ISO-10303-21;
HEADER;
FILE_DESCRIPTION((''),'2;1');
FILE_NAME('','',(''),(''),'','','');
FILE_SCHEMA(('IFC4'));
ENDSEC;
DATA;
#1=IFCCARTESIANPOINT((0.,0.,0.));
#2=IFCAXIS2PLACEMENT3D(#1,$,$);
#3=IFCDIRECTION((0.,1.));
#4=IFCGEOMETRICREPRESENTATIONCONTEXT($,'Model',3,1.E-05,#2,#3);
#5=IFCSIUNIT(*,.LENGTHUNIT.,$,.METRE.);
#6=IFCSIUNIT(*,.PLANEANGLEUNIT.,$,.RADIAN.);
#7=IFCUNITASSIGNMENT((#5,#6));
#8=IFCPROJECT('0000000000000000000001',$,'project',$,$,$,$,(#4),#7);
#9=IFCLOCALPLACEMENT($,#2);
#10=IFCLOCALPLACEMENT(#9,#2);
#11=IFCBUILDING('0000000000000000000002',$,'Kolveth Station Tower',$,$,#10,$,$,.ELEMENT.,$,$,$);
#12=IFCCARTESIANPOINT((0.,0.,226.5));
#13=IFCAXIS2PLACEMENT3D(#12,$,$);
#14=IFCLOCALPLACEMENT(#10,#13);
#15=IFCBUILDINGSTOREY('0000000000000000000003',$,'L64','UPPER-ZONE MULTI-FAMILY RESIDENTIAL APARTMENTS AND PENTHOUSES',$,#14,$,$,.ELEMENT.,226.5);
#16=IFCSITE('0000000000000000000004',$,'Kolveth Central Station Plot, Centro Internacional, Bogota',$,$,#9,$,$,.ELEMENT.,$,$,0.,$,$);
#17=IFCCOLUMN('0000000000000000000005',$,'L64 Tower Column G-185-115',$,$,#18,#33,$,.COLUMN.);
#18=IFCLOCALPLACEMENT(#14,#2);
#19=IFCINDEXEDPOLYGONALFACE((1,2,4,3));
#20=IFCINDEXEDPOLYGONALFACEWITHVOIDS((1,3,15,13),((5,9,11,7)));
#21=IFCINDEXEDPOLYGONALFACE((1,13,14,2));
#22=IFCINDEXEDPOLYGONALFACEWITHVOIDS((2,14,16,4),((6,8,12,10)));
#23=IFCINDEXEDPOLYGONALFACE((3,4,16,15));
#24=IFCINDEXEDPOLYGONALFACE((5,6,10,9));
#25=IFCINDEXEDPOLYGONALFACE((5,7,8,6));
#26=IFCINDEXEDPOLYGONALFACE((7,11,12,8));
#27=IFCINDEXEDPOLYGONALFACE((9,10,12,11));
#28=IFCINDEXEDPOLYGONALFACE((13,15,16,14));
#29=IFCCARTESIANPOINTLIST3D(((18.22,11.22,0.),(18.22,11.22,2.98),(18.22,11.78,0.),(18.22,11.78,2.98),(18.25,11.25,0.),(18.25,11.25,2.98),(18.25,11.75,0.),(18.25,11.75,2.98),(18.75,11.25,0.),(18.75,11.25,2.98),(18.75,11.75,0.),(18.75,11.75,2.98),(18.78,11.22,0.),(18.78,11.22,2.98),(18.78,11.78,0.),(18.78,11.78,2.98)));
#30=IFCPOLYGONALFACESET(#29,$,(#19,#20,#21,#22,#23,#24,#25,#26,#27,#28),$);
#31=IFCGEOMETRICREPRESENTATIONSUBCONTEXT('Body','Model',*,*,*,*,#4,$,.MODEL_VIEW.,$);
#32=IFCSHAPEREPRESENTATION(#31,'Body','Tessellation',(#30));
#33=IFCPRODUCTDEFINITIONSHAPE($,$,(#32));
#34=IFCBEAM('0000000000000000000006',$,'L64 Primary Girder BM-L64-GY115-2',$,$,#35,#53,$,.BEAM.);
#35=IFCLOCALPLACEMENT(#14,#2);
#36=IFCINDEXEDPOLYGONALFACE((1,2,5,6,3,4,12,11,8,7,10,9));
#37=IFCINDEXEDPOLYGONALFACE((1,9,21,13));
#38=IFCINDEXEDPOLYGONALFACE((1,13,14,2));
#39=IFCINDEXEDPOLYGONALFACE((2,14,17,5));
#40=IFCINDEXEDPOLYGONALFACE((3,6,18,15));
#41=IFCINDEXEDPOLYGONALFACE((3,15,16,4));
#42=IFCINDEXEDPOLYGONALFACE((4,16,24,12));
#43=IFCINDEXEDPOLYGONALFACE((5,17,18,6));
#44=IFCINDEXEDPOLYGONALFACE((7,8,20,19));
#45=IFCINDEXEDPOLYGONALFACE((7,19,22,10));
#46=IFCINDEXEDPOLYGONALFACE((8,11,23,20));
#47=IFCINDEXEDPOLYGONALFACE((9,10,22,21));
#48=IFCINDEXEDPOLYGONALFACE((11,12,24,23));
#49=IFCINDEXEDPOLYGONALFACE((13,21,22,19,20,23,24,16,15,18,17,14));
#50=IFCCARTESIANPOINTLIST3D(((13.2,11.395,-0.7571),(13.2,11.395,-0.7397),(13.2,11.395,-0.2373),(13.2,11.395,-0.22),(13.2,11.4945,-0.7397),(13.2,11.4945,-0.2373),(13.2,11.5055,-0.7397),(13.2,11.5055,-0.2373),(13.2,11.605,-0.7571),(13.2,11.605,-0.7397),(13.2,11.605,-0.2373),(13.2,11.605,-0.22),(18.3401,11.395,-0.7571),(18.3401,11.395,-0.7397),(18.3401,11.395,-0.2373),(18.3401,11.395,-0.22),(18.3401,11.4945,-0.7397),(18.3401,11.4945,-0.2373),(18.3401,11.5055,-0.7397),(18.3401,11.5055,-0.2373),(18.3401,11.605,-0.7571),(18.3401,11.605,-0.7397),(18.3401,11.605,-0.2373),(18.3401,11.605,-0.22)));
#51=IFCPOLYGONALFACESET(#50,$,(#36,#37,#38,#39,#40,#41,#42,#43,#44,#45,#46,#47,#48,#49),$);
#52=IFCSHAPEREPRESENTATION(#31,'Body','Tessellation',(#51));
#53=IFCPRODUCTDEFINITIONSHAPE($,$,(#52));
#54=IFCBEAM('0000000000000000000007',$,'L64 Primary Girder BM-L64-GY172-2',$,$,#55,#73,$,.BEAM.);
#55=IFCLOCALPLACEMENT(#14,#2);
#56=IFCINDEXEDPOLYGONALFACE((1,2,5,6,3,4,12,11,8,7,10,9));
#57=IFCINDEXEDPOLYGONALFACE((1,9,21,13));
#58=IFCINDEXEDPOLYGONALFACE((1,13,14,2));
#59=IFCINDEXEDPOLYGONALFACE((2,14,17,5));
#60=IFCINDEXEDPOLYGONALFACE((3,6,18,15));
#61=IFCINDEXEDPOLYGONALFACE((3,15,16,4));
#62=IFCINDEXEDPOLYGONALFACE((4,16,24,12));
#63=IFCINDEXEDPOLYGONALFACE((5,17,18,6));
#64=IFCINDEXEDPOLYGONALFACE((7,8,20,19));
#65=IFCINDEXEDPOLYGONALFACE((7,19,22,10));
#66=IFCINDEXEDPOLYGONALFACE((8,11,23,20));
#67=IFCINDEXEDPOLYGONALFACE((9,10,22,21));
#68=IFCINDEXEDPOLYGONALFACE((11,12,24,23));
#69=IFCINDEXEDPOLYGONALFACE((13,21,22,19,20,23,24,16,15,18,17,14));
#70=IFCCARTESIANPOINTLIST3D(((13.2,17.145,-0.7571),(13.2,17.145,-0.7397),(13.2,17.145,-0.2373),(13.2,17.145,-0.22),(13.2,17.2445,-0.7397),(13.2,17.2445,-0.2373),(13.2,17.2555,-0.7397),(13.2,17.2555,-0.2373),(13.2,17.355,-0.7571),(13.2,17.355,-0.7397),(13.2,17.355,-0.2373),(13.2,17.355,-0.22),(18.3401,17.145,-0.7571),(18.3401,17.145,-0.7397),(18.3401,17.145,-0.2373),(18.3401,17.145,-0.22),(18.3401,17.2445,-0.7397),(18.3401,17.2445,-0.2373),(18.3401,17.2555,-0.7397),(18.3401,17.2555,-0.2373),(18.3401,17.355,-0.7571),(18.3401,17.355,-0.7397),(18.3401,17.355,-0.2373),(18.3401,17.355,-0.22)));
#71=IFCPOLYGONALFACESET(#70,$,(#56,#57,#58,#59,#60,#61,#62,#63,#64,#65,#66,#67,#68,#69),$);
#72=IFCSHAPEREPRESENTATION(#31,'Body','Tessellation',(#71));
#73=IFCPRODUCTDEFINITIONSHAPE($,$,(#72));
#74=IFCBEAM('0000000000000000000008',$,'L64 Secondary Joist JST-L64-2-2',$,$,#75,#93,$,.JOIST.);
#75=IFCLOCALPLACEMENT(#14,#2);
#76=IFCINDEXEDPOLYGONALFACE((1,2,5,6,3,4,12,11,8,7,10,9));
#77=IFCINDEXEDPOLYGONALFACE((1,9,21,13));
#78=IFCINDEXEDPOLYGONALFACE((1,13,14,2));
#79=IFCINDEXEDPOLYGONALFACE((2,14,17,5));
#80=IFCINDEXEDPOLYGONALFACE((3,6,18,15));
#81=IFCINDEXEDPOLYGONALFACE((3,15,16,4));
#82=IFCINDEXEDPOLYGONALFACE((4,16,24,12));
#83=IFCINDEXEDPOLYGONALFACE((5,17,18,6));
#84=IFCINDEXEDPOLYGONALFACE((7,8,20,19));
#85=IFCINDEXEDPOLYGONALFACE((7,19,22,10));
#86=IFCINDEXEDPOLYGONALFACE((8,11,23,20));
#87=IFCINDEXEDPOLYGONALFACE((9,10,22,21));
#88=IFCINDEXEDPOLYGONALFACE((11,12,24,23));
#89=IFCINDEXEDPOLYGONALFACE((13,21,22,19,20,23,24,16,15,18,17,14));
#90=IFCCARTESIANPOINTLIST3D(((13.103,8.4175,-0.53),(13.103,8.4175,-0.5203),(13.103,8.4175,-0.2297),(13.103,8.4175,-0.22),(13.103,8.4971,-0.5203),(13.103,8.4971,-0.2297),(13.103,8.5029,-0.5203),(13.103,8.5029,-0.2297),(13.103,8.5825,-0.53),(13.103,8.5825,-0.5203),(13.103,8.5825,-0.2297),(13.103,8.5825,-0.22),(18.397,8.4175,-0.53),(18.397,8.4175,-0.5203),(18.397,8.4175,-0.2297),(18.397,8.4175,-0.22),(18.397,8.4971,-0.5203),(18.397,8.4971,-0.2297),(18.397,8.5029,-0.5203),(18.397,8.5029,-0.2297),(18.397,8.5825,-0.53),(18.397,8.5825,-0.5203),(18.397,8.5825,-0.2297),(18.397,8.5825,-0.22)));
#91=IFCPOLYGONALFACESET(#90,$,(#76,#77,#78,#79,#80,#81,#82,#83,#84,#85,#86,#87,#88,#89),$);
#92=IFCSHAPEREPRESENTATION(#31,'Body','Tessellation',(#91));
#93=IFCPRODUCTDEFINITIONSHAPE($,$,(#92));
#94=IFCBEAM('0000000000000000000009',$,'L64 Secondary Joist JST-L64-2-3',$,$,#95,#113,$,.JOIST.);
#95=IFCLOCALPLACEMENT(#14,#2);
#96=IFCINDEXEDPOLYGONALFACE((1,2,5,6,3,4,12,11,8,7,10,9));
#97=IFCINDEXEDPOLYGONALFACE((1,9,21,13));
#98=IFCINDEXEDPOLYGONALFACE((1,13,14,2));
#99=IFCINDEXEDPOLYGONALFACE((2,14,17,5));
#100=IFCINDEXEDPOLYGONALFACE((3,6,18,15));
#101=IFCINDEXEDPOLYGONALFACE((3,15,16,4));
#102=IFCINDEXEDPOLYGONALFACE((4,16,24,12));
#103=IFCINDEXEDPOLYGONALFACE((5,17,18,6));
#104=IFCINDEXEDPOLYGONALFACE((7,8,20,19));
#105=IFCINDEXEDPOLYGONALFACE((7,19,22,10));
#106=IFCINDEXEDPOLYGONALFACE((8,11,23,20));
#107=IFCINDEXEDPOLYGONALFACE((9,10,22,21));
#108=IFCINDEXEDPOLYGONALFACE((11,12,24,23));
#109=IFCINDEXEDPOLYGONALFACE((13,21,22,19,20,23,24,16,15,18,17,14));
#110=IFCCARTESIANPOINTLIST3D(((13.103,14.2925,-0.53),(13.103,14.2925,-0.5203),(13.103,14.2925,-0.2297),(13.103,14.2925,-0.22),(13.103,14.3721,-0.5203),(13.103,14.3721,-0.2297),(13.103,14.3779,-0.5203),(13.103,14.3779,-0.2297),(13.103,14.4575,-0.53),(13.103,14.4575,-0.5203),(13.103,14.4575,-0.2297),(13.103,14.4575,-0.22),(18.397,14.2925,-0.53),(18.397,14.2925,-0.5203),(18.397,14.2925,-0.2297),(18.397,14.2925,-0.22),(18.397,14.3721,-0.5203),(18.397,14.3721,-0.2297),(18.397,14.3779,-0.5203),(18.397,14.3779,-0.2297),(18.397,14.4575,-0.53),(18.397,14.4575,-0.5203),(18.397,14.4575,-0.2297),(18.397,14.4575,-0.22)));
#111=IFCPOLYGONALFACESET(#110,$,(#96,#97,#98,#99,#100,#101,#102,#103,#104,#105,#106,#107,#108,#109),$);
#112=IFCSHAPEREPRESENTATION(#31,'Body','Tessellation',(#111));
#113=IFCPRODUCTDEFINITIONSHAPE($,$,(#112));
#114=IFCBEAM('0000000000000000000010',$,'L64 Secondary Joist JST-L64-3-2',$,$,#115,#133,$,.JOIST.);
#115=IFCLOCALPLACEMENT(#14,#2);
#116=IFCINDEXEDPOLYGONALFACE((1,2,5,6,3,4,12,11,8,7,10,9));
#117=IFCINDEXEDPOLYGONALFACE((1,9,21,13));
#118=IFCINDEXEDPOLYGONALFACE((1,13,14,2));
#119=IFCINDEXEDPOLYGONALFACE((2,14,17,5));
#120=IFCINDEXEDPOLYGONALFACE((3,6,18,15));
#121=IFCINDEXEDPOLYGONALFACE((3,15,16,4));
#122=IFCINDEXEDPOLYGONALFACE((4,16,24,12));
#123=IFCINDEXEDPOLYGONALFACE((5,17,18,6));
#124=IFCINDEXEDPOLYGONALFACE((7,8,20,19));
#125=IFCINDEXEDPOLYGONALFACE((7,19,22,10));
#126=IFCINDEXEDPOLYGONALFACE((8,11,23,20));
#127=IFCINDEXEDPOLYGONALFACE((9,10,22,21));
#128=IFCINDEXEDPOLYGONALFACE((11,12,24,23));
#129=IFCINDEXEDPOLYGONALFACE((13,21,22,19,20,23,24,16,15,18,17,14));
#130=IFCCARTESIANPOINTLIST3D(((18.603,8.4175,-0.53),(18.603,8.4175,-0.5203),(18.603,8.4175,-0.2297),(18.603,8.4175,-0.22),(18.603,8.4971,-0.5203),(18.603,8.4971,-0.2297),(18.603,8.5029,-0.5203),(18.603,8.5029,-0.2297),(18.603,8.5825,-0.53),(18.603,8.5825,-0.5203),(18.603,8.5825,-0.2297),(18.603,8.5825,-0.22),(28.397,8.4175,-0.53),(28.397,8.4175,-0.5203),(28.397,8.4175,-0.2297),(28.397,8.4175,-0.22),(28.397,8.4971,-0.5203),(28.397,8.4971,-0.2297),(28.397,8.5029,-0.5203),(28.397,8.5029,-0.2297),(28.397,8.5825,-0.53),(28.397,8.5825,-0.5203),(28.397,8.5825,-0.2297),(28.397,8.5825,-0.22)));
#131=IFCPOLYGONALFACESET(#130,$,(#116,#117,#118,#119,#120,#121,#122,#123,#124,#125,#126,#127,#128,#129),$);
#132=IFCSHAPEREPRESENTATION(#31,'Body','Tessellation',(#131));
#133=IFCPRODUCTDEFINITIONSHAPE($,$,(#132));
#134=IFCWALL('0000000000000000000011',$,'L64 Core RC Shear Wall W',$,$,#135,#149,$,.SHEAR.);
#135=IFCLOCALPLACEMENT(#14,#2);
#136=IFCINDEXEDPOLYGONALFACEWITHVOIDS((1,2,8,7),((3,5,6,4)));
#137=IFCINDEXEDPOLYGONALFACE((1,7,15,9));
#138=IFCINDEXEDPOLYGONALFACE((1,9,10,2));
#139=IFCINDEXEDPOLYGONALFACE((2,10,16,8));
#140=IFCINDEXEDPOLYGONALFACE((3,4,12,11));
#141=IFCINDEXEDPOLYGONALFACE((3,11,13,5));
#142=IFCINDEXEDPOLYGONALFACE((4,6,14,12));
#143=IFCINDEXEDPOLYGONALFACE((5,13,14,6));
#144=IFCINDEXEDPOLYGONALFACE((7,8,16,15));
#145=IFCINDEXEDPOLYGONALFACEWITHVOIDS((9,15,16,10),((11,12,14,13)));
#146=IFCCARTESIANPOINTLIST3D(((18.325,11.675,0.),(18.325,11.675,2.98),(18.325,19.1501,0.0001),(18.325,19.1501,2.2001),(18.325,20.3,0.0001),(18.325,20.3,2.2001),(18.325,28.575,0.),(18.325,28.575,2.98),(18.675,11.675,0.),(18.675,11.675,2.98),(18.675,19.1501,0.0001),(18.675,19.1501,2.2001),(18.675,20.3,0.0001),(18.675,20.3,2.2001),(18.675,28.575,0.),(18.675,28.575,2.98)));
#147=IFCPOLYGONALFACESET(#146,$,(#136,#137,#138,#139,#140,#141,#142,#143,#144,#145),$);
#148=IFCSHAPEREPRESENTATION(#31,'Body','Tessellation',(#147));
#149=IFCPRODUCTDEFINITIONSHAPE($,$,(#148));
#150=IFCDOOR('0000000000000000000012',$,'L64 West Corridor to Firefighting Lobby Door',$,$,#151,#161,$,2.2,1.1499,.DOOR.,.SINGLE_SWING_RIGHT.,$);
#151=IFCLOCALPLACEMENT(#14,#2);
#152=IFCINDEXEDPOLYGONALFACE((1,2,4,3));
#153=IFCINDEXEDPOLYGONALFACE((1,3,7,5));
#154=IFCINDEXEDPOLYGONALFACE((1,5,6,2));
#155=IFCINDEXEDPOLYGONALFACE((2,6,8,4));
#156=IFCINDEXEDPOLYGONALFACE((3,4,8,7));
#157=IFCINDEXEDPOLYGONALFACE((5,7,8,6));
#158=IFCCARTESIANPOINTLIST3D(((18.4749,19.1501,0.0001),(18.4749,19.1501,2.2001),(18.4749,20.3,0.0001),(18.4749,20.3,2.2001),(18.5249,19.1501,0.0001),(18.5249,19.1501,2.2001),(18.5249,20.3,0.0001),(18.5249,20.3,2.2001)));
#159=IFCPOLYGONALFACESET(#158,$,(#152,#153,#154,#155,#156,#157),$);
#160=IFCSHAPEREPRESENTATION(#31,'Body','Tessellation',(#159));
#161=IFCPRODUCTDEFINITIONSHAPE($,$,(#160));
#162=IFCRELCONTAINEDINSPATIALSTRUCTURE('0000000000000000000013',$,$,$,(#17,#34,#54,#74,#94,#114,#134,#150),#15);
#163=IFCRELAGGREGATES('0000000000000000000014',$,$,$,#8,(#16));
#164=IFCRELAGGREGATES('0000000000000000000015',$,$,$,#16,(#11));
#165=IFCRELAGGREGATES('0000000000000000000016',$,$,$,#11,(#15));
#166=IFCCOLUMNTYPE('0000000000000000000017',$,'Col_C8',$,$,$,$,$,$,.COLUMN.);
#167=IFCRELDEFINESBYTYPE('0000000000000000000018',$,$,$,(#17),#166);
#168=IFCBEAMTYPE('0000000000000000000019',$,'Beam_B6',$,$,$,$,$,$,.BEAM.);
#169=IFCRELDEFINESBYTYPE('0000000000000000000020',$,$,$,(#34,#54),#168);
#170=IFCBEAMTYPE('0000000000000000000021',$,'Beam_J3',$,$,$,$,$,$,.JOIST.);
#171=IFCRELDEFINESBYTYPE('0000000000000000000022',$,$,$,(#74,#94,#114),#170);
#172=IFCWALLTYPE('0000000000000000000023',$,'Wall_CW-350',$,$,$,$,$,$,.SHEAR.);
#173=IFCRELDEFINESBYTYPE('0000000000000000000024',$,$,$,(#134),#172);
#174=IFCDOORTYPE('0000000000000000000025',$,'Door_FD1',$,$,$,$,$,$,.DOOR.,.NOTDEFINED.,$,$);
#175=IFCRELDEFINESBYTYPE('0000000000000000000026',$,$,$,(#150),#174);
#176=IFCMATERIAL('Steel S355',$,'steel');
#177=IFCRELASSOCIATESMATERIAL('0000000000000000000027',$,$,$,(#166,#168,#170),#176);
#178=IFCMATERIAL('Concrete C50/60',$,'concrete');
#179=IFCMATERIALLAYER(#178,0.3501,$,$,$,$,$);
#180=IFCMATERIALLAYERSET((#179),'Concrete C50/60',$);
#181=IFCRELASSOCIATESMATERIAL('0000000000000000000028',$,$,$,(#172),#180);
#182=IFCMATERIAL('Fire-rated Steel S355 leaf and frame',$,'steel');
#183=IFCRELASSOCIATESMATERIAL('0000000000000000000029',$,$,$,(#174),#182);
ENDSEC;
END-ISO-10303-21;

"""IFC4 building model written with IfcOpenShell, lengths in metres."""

from ifc_helpers import new_model, si_unit, direction, frame, frame_2d, origin, origin_2d, place, context, subcontext, project, spatial, rectangle, hollow_rectangle, i_section, extrude, source, transform, mapped, material, layer, layer_set, material_profile, profile_set, type_object, element, fill, save


model = new_model("IFC4")

# Units and contexts
model_context = context("Model", 3, precision=1e-05, world=origin(), true_north=direction((0.0, 1.0)))
body_context = subcontext(model_context, "Body", "Model", "MODEL_VIEW")
ifc_project = project(units=[si_unit("LENGTHUNIT", "METRE"), si_unit("PLANEANGLEUNIT", "RADIAN")], contexts=[model_context])

# Site, building, storey
site_placement = place(None, origin())
site = spatial("IfcSite", under=ifc_project, at=site_placement, Name="Kolveth Central Station Plot, Centro Internacional, Bogota", CompositionType="ELEMENT", RefElevation=0.0)
building_placement = place(site_placement, origin())
building = spatial("IfcBuilding", under=site, at=building_placement, Name="Kolveth Station Tower", CompositionType="ELEMENT")
storey_placement = place(building_placement, frame((0.0, 0.0, 226.5)))
storey = spatial("IfcBuildingStorey", under=building, at=storey_placement, Name="L64", Description="UPPER-ZONE MULTI-FAMILY RESIDENTIAL APARTMENTS AND PENTHOUSES", CompositionType="ELEMENT", Elevation=226.5)

# Column
ifc_material_1 = material(Name="Steel S355", Category="steel")
ifc_material_profile_1 = material_profile(ifc_material_1, hollow_rectangle(XDim=0.5601, YDim=0.5601, WallThickness=0.03, at=origin_2d()), Name="BOX560x560x30")
ifc_profile_set_1 = profile_set([ifc_material_profile_1], Name="Steel S355")
column_type = type_object("IfcColumnType", Name="Col_C8", PredefinedType="COLUMN", material=ifc_profile_set_1)
shared_shape_1 = source(origin(), body_context, "Body", "SweptSolid", [
    extrude(hollow_rectangle(XDim=0.5601, YDim=0.5601, WallThickness=0.03, at=origin_2d()), origin(), (0.0, 0.0, 1.0), 2.98),
])
column_placement = place(storey_placement, frame((18.5, 11.5, 0.0), z_axis=(0.0, 0.0, 1.0), x_axis=(1.0, 0.0, 0.0)))
element("IfcColumn", 1, at=column_placement, inside=storey, type_object=column_type, Name="L64 Tower Column G-185-115", PredefinedType="COLUMN", context=body_context, shape_type="MappedRepresentation", body=[
    mapped(shared_shape_1, transform((0.0, 0.0, 0.0), x_axis=(1.0, 0.0, 0.0), y_axis=(0.0, 1.0, 0.0), z_axis=(0.0, 0.0, 1.0), scale=1.0)),
])

# Beams
ifc_material_profile_2 = material_profile(ifc_material_1, i_section(OverallWidth=0.21, OverallDepth=0.5371, WebThickness=0.011, FlangeThickness=0.0173, at=origin_2d()), Name="W530x101")
ifc_profile_set_2 = profile_set([ifc_material_profile_2], Name="Steel S355")
beam_type_1 = type_object("IfcBeamType", Name="Beam_B6", PredefinedType="BEAM", material=ifc_profile_set_2)
shared_shape_2 = source(origin(), body_context, "Body", "SweptSolid", [
    extrude(i_section(OverallWidth=0.21, OverallDepth=0.5371, WebThickness=0.011, FlangeThickness=0.0173, at=origin_2d()), origin(), (0.0, 0.0, 1.0), 5.1401),
])
for number, where, z_axis, x_axis, name in (
    (2, (13.2, 11.5, -0.4885), (1.0, 0.0, 0.0), (0.0, 1.0, 0.0), "L64 Primary Girder BM-L64-GY115-2"),
    (3, (13.2, 17.25, -0.4885), (1.0, 0.0, 0.0), (0.0, 1.0, 0.0), "L64 Primary Girder BM-L64-GY172-2"),
):
    element("IfcBeam", number, at=place(storey_placement, frame(where, z_axis=z_axis, x_axis=x_axis)), inside=storey, type_object=beam_type_1, Name=name, PredefinedType="BEAM", context=body_context, shape_type="MappedRepresentation", body=[
        mapped(shared_shape_2, transform((0.0, 0.0, 0.0), x_axis=(1.0, 0.0, 0.0), y_axis=(0.0, 1.0, 0.0), z_axis=(0.0, 0.0, 1.0), scale=1.0)),
    ])
ifc_material_profile_3 = material_profile(ifc_material_1, i_section(OverallWidth=0.165, OverallDepth=0.3101, WebThickness=0.0059, FlangeThickness=0.0098, at=origin_2d()), Name="W310x39")
ifc_profile_set_3 = profile_set([ifc_material_profile_3], Name="Steel S355")
beam_type_2 = type_object("IfcBeamType", Name="Beam_J3", PredefinedType="JOIST", material=ifc_profile_set_3)
shared_shape_3 = source(origin(), body_context, "Body", "SweptSolid", [
    extrude(i_section(OverallWidth=0.165, OverallDepth=0.3101, WebThickness=0.0059, FlangeThickness=0.0098, at=origin_2d()), origin(), (0.0, 0.0, 1.0), 5.2939),
])
for number, where, z_axis, x_axis, name in (
    (4, (13.103, 8.5, -0.375), (1.0, 0.0, 0.0), (0.0, 1.0, 0.0), "L64 Secondary Joist JST-L64-2-2"),
    (5, (13.103, 14.375, -0.375), (1.0, 0.0, 0.0), (0.0, 1.0, 0.0), "L64 Secondary Joist JST-L64-2-3"),
):
    element("IfcBeam", number, at=place(storey_placement, frame(where, z_axis=z_axis, x_axis=x_axis)), inside=storey, type_object=beam_type_2, Name=name, PredefinedType="JOIST", context=body_context, shape_type="MappedRepresentation", body=[
        mapped(shared_shape_3, transform((0.0, 0.0, 0.0), x_axis=(1.0, 0.0, 0.0), y_axis=(0.0, 1.0, 0.0), z_axis=(0.0, 0.0, 1.0), scale=1.0)),
    ])
shared_shape_4 = source(origin(), body_context, "Body", "SweptSolid", [
    extrude(i_section(OverallWidth=0.165, OverallDepth=0.3101, WebThickness=0.0059, FlangeThickness=0.0098, at=origin_2d()), origin(), (0.0, 0.0, 1.0), 9.7939),
])
beam_placement = place(storey_placement, frame((18.603, 8.5, -0.375), z_axis=(1.0, 0.0, 0.0), x_axis=(0.0, 1.0, 0.0)))
element("IfcBeam", 6, at=beam_placement, inside=storey, type_object=beam_type_2, Name="L64 Secondary Joist JST-L64-3-2", PredefinedType="JOIST", context=body_context, shape_type="MappedRepresentation", body=[
    mapped(shared_shape_4, transform((0.0, 0.0, 0.0), x_axis=(1.0, 0.0, 0.0), y_axis=(0.0, 1.0, 0.0), z_axis=(0.0, 0.0, 1.0), scale=1.0)),
])

# Shared definitions
ifc_material_2 = material(Name="Concrete C50/60", Category="concrete")
ifc_layer_1 = layer(ifc_material_2, 0.3501)
ifc_layer_set_1 = layer_set([ifc_layer_1], Name="Concrete C50/60")
wall_type_1 = type_object("IfcWallType", Name="Wall_CW-350", PredefinedType="SHEAR", material=ifc_layer_set_1)

# Wall, opening, door
wall_1_placement = place(storey_placement, frame((18.5, 11.675, 0.0), z_axis=(0.0, 0.0, 1.0), x_axis=(0.0, 1.0, 0.0)))
wall_1 = element("IfcWall", 7, at=wall_1_placement, inside=storey, type_object=wall_type_1, Name="L64 Core RC Shear Wall W", PredefinedType="SHEAR", context=body_context, shape_type="SweptSolid", body=[
    extrude(rectangle(XDim=16.8999, YDim=0.3501, at=frame_2d((8.45, 0.0))), origin(), (0.0, 0.0, 1.0), 2.98),
])
opening_1_placement = place(wall_1_placement, frame((7.4751, 0.0, 0.0)))
opening_1 = element("IfcOpeningElement", 8, at=opening_1_placement, cuts=wall_1, PredefinedType="OPENING", context=body_context, shape_type="SweptSolid", body=[
    extrude(rectangle(XDim=1.1499, YDim=2.2, at=frame_2d((0.575, 1.1001))), frame((0.0, 0.1851, 0.0), z_axis=(0.0, -1.0, 0.0), x_axis=(1.0, 0.0, 0.0)), (0.0, 0.0, 1.0), 0.3701),
])
ifc_material_3 = material(Name="Fire-rated Steel S355 leaf and frame", Category="steel")
door_type_1 = type_object("IfcDoorType", Name="Door_FD1", OperationType="NOTDEFINED", PredefinedType="DOOR", material=ifc_material_3)
door_1_placement = place(opening_1_placement, frame((1.1499, 0.0, 0.0), z_axis=(0.0, 0.0, 1.0), x_axis=(-1.0, 0.0, 0.0)))
door_1 = element("IfcDoor", 9, at=door_1_placement, inside=storey, type_object=door_type_1, Name="L64 West Corridor to Firefighting Lobby Door", OperationType="SINGLE_SWING_RIGHT", OverallHeight=2.2, OverallWidth=1.1499, PredefinedType="DOOR", context=body_context, shape_type="SweptSolid", body=[
    extrude(rectangle(XDim=1.1499, YDim=2.2, at=frame_2d((0.575, 1.1001))), frame((0.0, 0.0249, 0.0), z_axis=(0.0, -1.0, 0.0), x_axis=(1.0, 0.0, 0.0)), (0.0, 0.0, 1.0), 0.05),
])
fill(opening_1, door_1)

save(model, "model.ifc")
